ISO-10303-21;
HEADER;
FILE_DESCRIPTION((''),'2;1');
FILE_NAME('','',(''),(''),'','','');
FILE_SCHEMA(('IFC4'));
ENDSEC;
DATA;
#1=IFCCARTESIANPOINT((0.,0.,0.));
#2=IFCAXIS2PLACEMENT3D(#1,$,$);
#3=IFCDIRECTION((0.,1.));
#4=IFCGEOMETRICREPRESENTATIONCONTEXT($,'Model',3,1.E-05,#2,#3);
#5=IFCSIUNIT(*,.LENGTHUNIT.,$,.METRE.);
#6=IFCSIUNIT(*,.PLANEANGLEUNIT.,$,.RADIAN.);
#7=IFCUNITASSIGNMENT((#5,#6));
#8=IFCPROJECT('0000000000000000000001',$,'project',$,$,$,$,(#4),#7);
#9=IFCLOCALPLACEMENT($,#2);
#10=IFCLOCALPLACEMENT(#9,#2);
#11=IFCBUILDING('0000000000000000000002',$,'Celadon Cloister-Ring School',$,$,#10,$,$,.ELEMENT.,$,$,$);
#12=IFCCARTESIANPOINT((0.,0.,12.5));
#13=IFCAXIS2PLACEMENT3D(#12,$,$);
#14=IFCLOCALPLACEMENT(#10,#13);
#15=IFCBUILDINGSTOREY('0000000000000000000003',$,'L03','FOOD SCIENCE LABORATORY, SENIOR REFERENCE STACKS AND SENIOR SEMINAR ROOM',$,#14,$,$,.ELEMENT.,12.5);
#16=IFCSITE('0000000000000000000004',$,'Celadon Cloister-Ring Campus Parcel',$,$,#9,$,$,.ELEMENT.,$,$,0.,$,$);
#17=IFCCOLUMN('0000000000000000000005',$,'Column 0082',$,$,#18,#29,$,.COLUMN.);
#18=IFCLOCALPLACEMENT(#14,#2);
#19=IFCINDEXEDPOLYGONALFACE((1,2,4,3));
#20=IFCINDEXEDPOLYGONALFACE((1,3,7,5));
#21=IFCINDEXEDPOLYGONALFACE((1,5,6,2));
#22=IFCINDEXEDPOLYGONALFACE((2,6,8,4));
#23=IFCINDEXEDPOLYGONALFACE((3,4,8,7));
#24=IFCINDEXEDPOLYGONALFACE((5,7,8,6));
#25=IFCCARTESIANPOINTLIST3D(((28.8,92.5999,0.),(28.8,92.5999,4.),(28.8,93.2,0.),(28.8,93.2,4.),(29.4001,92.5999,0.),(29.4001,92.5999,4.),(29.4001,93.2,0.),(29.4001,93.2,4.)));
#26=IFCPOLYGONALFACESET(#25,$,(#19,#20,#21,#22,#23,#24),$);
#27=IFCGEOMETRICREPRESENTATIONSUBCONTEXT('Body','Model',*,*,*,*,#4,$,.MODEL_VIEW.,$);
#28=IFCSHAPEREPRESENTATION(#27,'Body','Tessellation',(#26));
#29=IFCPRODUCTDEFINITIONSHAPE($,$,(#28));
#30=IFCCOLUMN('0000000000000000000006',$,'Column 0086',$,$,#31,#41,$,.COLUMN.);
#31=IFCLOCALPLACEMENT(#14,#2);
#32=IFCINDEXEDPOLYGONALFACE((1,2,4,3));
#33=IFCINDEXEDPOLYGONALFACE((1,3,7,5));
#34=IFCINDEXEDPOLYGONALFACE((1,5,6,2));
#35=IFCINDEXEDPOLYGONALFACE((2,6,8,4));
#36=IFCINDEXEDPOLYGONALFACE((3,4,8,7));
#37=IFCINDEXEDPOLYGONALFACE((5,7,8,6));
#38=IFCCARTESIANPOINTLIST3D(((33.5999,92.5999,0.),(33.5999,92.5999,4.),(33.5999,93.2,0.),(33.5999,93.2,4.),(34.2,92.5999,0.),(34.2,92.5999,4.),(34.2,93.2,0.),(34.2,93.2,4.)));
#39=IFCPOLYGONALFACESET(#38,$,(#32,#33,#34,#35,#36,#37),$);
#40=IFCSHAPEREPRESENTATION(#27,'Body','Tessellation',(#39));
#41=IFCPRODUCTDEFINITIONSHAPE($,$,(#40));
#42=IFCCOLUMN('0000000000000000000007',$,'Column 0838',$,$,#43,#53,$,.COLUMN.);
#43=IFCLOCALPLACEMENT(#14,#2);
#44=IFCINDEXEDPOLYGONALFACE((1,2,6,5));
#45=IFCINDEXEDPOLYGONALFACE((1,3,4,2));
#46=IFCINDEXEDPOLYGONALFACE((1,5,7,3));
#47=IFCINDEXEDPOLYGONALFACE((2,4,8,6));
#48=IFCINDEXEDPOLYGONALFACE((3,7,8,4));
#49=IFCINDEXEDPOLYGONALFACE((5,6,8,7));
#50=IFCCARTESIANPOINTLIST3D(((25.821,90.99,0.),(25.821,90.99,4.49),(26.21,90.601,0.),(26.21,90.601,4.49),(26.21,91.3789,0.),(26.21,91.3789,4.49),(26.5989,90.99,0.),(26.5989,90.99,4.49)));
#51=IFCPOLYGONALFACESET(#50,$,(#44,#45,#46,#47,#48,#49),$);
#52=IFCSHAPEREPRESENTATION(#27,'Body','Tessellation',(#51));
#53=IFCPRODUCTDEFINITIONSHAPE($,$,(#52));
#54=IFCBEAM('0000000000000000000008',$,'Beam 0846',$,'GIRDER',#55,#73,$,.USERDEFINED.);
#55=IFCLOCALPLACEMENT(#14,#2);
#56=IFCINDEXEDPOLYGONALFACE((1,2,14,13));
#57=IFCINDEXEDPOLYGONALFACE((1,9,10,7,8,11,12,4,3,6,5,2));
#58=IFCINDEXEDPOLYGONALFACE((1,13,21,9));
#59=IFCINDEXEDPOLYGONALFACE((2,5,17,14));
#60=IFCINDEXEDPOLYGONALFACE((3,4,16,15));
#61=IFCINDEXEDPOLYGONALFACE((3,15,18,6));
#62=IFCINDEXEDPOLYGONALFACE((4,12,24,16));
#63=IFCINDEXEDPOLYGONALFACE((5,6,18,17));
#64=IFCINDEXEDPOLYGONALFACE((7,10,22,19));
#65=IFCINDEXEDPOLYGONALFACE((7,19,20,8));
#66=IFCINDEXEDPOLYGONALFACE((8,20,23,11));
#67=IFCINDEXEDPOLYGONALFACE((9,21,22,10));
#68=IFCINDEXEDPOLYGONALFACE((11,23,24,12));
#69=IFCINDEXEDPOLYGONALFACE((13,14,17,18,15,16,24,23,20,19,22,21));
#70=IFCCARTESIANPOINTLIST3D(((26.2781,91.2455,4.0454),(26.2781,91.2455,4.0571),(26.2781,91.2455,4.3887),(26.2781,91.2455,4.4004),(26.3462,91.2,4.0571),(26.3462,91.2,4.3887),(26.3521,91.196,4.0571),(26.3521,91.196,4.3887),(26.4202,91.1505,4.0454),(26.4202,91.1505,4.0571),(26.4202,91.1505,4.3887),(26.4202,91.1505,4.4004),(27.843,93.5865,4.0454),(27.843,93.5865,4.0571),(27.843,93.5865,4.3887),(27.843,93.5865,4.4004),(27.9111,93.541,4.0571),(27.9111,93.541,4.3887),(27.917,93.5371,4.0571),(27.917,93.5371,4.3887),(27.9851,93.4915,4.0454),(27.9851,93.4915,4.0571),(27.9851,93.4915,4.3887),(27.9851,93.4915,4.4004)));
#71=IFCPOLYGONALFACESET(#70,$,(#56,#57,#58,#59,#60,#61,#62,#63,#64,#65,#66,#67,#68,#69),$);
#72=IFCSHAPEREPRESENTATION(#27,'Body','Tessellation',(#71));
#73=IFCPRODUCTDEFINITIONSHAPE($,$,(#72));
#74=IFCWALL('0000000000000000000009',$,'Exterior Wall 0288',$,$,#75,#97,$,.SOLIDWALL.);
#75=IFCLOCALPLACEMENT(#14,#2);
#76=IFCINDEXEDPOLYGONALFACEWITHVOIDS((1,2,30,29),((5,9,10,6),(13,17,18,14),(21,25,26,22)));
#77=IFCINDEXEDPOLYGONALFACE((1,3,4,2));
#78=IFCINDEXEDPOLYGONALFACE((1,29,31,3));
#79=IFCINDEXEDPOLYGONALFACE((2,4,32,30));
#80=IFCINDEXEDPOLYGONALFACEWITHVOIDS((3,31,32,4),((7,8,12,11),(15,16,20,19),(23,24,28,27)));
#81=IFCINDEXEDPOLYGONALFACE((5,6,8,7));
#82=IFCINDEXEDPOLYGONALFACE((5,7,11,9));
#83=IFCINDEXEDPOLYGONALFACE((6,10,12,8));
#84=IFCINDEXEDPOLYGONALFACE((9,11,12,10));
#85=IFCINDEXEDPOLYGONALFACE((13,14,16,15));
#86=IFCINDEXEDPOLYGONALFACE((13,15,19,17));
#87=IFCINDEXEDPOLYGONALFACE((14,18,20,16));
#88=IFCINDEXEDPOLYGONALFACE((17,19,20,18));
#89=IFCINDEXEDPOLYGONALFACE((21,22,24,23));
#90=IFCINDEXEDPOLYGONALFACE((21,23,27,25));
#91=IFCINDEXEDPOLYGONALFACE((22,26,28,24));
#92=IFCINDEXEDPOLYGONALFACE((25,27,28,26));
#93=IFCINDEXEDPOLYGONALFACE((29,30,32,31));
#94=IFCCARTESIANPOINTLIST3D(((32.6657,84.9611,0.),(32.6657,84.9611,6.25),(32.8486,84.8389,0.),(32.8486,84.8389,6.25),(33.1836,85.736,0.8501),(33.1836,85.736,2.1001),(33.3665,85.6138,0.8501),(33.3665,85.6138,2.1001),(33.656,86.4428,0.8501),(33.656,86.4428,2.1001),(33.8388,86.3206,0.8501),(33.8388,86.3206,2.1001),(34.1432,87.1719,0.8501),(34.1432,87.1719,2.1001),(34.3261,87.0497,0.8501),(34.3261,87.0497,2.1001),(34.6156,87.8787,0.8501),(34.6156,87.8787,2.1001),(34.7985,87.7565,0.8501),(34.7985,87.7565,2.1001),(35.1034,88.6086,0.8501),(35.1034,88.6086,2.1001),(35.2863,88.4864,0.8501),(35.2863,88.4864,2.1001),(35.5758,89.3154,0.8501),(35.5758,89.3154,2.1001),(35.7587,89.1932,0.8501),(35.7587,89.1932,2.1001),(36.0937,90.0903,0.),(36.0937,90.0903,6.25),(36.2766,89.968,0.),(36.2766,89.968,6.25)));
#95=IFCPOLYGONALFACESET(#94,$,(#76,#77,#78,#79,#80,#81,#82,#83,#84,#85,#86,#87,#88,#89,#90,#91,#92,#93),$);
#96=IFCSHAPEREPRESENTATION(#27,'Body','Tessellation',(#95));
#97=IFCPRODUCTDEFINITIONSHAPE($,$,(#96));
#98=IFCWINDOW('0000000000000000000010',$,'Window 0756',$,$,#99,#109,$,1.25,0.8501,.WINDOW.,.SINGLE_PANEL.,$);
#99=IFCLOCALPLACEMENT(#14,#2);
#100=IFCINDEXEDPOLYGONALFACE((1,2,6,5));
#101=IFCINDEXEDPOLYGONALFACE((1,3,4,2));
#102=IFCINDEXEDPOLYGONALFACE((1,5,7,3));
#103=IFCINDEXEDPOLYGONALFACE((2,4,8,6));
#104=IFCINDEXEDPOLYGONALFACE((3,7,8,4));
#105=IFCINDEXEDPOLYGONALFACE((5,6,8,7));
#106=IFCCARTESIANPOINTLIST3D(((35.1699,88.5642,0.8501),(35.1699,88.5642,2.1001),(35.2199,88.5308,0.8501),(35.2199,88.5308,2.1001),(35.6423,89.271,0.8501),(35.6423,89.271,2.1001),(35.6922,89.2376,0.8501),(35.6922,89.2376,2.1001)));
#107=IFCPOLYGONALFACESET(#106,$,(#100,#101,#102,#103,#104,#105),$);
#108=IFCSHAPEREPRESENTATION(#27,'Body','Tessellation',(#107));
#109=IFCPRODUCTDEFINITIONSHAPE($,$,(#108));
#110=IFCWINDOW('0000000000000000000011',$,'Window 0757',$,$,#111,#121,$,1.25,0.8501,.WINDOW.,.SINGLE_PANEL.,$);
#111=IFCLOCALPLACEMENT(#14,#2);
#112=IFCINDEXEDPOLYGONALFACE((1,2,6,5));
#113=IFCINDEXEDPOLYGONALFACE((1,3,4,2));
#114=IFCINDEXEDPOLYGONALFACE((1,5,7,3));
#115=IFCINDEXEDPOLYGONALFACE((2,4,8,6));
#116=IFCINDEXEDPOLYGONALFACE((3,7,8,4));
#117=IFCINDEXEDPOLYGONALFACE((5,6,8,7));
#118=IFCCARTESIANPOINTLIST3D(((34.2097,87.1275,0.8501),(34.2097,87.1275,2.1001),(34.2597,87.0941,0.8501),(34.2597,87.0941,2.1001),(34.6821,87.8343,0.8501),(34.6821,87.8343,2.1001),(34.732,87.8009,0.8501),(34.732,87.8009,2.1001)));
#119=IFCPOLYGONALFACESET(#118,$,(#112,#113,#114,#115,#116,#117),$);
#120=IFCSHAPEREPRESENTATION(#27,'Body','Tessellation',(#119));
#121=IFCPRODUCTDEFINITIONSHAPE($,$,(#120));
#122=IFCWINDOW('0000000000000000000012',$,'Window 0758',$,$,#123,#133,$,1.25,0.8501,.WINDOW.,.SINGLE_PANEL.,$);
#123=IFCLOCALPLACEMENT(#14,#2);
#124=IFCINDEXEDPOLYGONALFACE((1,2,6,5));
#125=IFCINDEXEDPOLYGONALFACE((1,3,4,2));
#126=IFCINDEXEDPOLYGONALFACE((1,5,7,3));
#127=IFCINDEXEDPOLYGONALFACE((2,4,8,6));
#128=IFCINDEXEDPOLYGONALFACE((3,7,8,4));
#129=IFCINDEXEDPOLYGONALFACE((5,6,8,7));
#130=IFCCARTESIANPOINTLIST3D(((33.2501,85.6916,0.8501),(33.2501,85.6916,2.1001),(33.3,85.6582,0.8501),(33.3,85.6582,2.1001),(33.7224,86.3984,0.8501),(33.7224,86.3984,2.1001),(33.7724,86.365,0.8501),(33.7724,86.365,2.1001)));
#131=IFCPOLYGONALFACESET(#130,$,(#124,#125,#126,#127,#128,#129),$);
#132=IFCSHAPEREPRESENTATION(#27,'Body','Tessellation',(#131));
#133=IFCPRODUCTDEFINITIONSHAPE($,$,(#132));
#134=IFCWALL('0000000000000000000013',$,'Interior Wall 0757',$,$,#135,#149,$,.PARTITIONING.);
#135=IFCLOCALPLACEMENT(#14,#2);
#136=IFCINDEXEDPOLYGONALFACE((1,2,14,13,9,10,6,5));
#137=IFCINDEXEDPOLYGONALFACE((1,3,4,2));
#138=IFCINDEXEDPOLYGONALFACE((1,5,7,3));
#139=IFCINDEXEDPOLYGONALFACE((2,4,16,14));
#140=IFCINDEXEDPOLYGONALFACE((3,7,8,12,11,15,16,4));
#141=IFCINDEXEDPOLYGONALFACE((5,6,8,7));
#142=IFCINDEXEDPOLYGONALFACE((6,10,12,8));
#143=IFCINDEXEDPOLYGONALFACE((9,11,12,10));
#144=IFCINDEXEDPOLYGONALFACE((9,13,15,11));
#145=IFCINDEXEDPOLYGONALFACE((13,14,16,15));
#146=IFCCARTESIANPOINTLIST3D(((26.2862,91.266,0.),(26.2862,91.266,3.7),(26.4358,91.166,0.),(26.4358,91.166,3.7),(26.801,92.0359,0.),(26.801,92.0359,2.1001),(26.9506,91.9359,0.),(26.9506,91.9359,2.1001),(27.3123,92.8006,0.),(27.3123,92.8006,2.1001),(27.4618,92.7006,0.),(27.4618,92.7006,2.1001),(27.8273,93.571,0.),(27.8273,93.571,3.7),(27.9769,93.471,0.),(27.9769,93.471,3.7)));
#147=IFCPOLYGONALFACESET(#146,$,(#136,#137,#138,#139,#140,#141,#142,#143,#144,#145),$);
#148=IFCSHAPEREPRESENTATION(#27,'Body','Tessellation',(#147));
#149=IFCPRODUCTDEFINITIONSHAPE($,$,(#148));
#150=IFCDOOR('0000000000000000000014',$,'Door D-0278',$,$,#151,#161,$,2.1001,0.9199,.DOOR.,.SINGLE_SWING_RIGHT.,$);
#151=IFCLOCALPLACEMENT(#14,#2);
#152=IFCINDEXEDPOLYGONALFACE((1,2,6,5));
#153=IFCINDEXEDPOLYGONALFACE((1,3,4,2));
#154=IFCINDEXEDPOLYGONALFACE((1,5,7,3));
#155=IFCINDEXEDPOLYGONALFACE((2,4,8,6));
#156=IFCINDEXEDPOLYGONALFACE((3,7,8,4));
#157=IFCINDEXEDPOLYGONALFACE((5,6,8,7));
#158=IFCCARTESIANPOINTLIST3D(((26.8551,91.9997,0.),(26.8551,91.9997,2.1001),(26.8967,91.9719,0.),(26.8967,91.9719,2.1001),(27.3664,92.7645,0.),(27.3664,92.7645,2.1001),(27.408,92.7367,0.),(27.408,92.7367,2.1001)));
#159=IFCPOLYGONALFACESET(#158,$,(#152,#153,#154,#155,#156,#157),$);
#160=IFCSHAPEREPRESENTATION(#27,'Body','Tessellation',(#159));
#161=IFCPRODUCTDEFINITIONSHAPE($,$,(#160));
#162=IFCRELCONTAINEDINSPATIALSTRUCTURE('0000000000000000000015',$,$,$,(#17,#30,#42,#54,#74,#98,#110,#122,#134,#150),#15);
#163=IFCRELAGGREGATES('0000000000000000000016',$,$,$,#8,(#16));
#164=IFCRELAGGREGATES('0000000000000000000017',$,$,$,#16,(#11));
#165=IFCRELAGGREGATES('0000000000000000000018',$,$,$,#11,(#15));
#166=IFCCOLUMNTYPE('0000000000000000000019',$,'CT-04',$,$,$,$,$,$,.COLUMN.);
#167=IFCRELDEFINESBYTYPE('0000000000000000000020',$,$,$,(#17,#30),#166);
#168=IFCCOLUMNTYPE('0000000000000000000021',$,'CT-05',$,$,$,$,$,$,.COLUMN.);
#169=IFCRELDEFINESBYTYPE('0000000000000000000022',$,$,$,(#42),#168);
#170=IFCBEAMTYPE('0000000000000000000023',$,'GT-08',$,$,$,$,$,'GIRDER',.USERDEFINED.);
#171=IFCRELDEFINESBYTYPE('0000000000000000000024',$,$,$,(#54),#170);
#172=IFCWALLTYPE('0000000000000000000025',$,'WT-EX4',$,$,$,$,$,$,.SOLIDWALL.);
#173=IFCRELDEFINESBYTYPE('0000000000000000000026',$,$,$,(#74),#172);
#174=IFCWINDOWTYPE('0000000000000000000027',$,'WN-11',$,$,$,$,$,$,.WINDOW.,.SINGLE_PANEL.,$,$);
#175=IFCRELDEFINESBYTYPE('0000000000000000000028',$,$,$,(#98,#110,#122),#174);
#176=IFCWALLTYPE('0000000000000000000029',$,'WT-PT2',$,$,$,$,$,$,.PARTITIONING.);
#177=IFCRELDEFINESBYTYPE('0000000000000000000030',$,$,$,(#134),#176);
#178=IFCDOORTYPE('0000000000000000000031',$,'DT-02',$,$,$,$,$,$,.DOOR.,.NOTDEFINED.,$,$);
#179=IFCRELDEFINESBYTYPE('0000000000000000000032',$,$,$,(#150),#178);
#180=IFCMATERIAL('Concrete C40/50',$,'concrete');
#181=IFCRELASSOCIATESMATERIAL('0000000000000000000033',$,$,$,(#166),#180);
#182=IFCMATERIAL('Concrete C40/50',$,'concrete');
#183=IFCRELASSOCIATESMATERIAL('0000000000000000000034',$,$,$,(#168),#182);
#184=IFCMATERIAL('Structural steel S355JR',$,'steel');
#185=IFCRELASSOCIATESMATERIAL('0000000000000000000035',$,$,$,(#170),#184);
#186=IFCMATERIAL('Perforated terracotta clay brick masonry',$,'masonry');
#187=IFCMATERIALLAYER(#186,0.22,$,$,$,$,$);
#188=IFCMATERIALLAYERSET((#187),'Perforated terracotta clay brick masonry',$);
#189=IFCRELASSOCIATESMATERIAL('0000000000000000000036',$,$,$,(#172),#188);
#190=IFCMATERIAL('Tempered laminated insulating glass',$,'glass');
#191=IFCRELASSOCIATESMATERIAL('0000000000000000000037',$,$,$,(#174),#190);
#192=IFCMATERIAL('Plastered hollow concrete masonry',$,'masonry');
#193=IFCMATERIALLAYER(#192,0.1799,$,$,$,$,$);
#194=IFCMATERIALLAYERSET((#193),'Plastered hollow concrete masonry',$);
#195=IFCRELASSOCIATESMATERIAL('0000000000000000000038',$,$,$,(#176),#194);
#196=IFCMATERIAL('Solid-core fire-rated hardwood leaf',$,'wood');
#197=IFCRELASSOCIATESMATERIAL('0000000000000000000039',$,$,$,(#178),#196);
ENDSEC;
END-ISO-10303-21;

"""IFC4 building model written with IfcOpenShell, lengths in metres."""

from ifc_helpers import new_model, si_unit, direction, frame, frame_2d, origin, origin_2d, place, context, subcontext, project, spatial, rectangle, i_section, extrude, material, layer, layer_set, material_profile, profile_set, type_object, element, fill, save


model = new_model("IFC4")

# Units and contexts
model_context = context("Model", 3, precision=1e-05, world=origin(), true_north=direction((0.0, 1.0)))
body_context = subcontext(model_context, "Body", "Model", "MODEL_VIEW")
ifc_project = project(units=[si_unit("LENGTHUNIT", "METRE"), si_unit("PLANEANGLEUNIT", "RADIAN")], contexts=[model_context])

# Site, building, storey
site_placement = place(None, origin())
site = spatial("IfcSite", under=ifc_project, at=site_placement, Name="Celadon Cloister-Ring Campus Parcel", CompositionType="ELEMENT", RefElevation=0.0)
building_placement = place(site_placement, origin())
building = spatial("IfcBuilding", under=site, at=building_placement, Name="Celadon Cloister-Ring School", CompositionType="ELEMENT")
storey_placement = place(building_placement, frame((0.0, 0.0, 12.5)))
storey = spatial("IfcBuildingStorey", under=building, at=storey_placement, Name="L03", Description="FOOD SCIENCE LABORATORY, SENIOR REFERENCE STACKS AND SENIOR SEMINAR ROOM", CompositionType="ELEMENT", Elevation=12.5)

# Columns
ifc_material_1 = material(Name="Concrete C40/50", Category="concrete")
ifc_material_profile_1 = material_profile(ifc_material_1, rectangle(XDim=0.6001, YDim=0.6001, at=origin_2d()), Name="RC600X600")
ifc_profile_set_1 = profile_set([ifc_material_profile_1], Name="Concrete C40/50")
column_type_1 = type_object("IfcColumnType", Name="CT-04", PredefinedType="COLUMN", material=ifc_profile_set_1)
for number, where, z_axis, x_axis, name in (
    (1, (29.1001, 92.8999, 0.0), (0.0, 0.0, 1.0), (1.0, 0.0, 0.0), "Column 0082"),
    (2, (33.8999, 92.8999, 0.0), (0.0, 0.0, 1.0), (1.0, 0.0, 0.0), "Column 0086"),
):
    element("IfcColumn", number, at=place(storey_placement, frame(where, z_axis=z_axis, x_axis=x_axis)), inside=storey, type_object=column_type_1, Name=name, PredefinedType="COLUMN", context=body_context, shape_type="SweptSolid", body=[
        extrude(rectangle(XDim=0.6001, YDim=0.6001, at=origin_2d()), origin(), (0.0, 0.0, 1.0), 4.0),
    ])
ifc_material_2 = material(Name="Concrete C40/50", Category="concrete")
ifc_material_profile_2 = material_profile(ifc_material_2, rectangle(XDim=0.55, YDim=0.55, at=origin_2d()), Name="RC550X550")
ifc_profile_set_2 = profile_set([ifc_material_profile_2], Name="Concrete C40/50")
column_type_2 = type_object("IfcColumnType", Name="CT-05", PredefinedType="COLUMN", material=ifc_profile_set_2)
column_placement = place(storey_placement, frame((26.21, 90.99, 0.0), z_axis=(0.0, 0.0, 1.0), x_axis=(0.707107, -0.707107, 0.0)))
element("IfcColumn", 3, at=column_placement, inside=storey, type_object=column_type_2, Name="Column 0838", PredefinedType="COLUMN", context=body_context, shape_type="SweptSolid", body=[
    extrude(rectangle(XDim=0.55, YDim=0.55, at=origin_2d()), origin(), (0.0, 0.0, 1.0), 4.49),
])

# Beam
ifc_material_3 = material(Name="Structural steel S355JR", Category="steel")
ifc_material_profile_3 = material_profile(ifc_material_3, i_section(OverallWidth=0.1709, OverallDepth=0.355, WebThickness=0.0071, FlangeThickness=0.0117, at=origin_2d()), Name="W360X51")
ifc_profile_set_3 = profile_set([ifc_material_profile_3], Name="Structural steel S355JR")
beam_type = type_object("IfcBeamType", Name="GT-08", ElementType="GIRDER", PredefinedType="USERDEFINED", material=ifc_profile_set_3)
beam_placement = place(storey_placement, frame((26.3491, 91.198, 4.2229), z_axis=(0.55574, 0.831356, 0.0), x_axis=(-0.831356, 0.55574, 0.0)))
element("IfcBeam", 4, at=beam_placement, inside=storey, type_object=beam_type, Name="Beam 0846", ObjectType="GIRDER", PredefinedType="USERDEFINED", context=body_context, shape_type="SweptSolid", body=[
    extrude(i_section(OverallWidth=0.1709, OverallDepth=0.355, WebThickness=0.0071, FlangeThickness=0.0117, at=origin_2d()), origin(), (0.0, 0.0, 1.0), 2.8159),
])

# Wall, openings, windows
ifc_material_4 = material(Name="Perforated terracotta clay brick masonry", Category="masonry")
ifc_layer_1 = layer(ifc_material_4, 0.22)
ifc_layer_set_1 = layer_set([ifc_layer_1], Name="Perforated terracotta clay brick masonry")
wall_type_1 = type_object("IfcWallType", Name="WT-EX4", PredefinedType="SOLIDWALL", material=ifc_layer_set_1)
wall_1_placement = place(storey_placement, frame((36.1851, 90.0291, 0.0), z_axis=(0.0, 0.0, 1.0), x_axis=(-0.555659, -0.83141, 0.0)))
wall_1 = element("IfcWall", 5, at=wall_1_placement, inside=storey, type_object=wall_type_1, Name="Exterior Wall 0288", PredefinedType="SOLIDWALL", context=body_context, shape_type="SweptSolid", body=[
    extrude(rectangle(XDim=6.1692, YDim=0.22, at=frame_2d((3.0845, 0.0))), origin(), (0.0, 0.0, 1.0), 6.25),
])
opening_1_placement = place(wall_1_placement, frame((0.9319, 0.0, 0.8501)))
opening_1 = element("IfcOpeningElement", 6, at=opening_1_placement, cuts=wall_1, PredefinedType="OPENING", context=body_context, shape_type="SweptSolid", body=[
    extrude(rectangle(XDim=0.8501, YDim=1.25, at=frame_2d((0.425, 0.625))), frame((0.0, 0.1201, 0.0), z_axis=(0.0, -1.0, 0.0), x_axis=(1.0, 0.0, 0.0)), (0.0, 0.0, 1.0), 0.24),
])
opening_2_placement = place(wall_1_placement, frame((2.6599, 0.0, 0.8501)))
opening_2 = element("IfcOpeningElement", 7, at=opening_2_placement, cuts=wall_1, PredefinedType="OPENING", context=body_context, shape_type="SweptSolid", body=[
    extrude(rectangle(XDim=0.8501, YDim=1.25, at=frame_2d((0.425, 0.625))), frame((0.0, 0.1201, 0.0), z_axis=(0.0, -1.0, 0.0), x_axis=(1.0, 0.0, 0.0)), (0.0, 0.0, 1.0), 0.24),
])
opening_3_placement = place(wall_1_placement, frame((4.387, 0.0, 0.8501)))
opening_3 = element("IfcOpeningElement", 8, at=opening_3_placement, cuts=wall_1, PredefinedType="OPENING", context=body_context, shape_type="SweptSolid", body=[
    extrude(rectangle(XDim=0.8501, YDim=1.25, at=frame_2d((0.425, 0.625))), frame((0.0, 0.1201, 0.0), z_axis=(0.0, -1.0, 0.0), x_axis=(1.0, 0.0, 0.0)), (0.0, 0.0, 1.0), 0.24),
])
ifc_material_5 = material(Name="Tempered laminated insulating glass", Category="glass")
window_type = type_object("IfcWindowType", Name="WN-11", PartitioningType="SINGLE_PANEL", PredefinedType="WINDOW", material=ifc_material_5)
window_1_placement = place(opening_1_placement, origin())
window_1 = element("IfcWindow", 9, at=window_1_placement, inside=storey, type_object=window_type, Name="Window 0756", OverallHeight=1.25, OverallWidth=0.8501, PartitioningType="SINGLE_PANEL", PredefinedType="WINDOW", context=body_context, shape_type="SweptSolid", body=[
    extrude(rectangle(XDim=0.8501, YDim=1.25, at=frame_2d((0.425, 0.625))), frame((0.0, 0.03, 0.0), z_axis=(0.0, -1.0, 0.0), x_axis=(1.0, 0.0, 0.0)), (0.0, 0.0, 1.0), 0.0601),
])
fill(opening_1, window_1)
window_2_placement = place(opening_2_placement, origin())
window_2 = element("IfcWindow", 10, at=window_2_placement, inside=storey, type_object=window_type, Name="Window 0757", OverallHeight=1.25, OverallWidth=0.8501, PartitioningType="SINGLE_PANEL", PredefinedType="WINDOW", context=body_context, shape_type="SweptSolid", body=[
    extrude(rectangle(XDim=0.8501, YDim=1.25, at=frame_2d((0.425, 0.625))), frame((0.0, 0.03, 0.0), z_axis=(0.0, -1.0, 0.0), x_axis=(1.0, 0.0, 0.0)), (0.0, 0.0, 1.0), 0.0601),
])
fill(opening_2, window_2)
window_3_placement = place(opening_3_placement, origin())
window_3 = element("IfcWindow", 11, at=window_3_placement, inside=storey, type_object=window_type, Name="Window 0758", OverallHeight=1.25, OverallWidth=0.8501, PartitioningType="SINGLE_PANEL", PredefinedType="WINDOW", context=body_context, shape_type="SweptSolid", body=[
    extrude(rectangle(XDim=0.8501, YDim=1.25, at=frame_2d((0.425, 0.625))), frame((0.0, 0.03, 0.0), z_axis=(0.0, -1.0, 0.0), x_axis=(1.0, 0.0, 0.0)), (0.0, 0.0, 1.0), 0.0601),
])
fill(opening_3, window_3)

# Wall, opening, door
ifc_material_6 = material(Name="Plastered hollow concrete masonry", Category="masonry")
ifc_layer_2 = layer(ifc_material_6, 0.1799)
ifc_layer_set_2 = layer_set([ifc_layer_2], Name="Plastered hollow concrete masonry")
wall_type_2 = type_object("IfcWallType", Name="WT-PT2", PredefinedType="PARTITIONING", material=ifc_layer_set_2)
wall_2_placement = place(storey_placement, frame((26.3611, 91.2161, 0.0), z_axis=(0.0, 0.0, 1.0), x_axis=(0.555797, 0.831318, 0.0)))
wall_2 = element("IfcWall", 12, at=wall_2_placement, inside=storey, type_object=wall_type_2, Name="Interior Wall 0757", PredefinedType="PARTITIONING", context=body_context, shape_type="SweptSolid", body=[
    extrude(rectangle(XDim=2.7727, YDim=0.1799, at=frame_2d((1.3862, 0.0))), origin(), (0.0, 0.0, 1.0), 3.7),
])
opening_4_placement = place(wall_2_placement, frame((0.926, 0.0, 0.0)))
opening_4 = element("IfcOpeningElement", 13, at=opening_4_placement, cuts=wall_2, PredefinedType="OPENING", context=body_context, shape_type="SweptSolid", body=[
    extrude(rectangle(XDim=0.9199, YDim=2.1001, at=frame_2d((0.46, 1.05))), frame((0.0, 0.1001, 0.0), z_axis=(0.0, -1.0, 0.0), x_axis=(1.0, 0.0, 0.0)), (0.0, 0.0, 1.0), 0.2),
])
ifc_material_7 = material(Name="Solid-core fire-rated hardwood leaf", Category="wood")
door_type = type_object("IfcDoorType", Name="DT-02", OperationType="NOTDEFINED", PredefinedType="DOOR", material=ifc_material_7)
door_placement = place(opening_4_placement, origin())
door = element("IfcDoor", 14, at=door_placement, inside=storey, type_object=door_type, Name="Door D-0278", OperationType="SINGLE_SWING_RIGHT", OverallHeight=2.1001, OverallWidth=0.9199, PredefinedType="DOOR", context=body_context, shape_type="SweptSolid", body=[
    extrude(rectangle(XDim=0.9199, YDim=2.1001, at=frame_2d((0.46, 1.05))), frame((0.0, 0.0249, 0.0), z_axis=(0.0, -1.0, 0.0), x_axis=(1.0, 0.0, 0.0)), (0.0, 0.0, 1.0), 0.05),
])
fill(opening_4, door)

save(model, "model.ifc")
